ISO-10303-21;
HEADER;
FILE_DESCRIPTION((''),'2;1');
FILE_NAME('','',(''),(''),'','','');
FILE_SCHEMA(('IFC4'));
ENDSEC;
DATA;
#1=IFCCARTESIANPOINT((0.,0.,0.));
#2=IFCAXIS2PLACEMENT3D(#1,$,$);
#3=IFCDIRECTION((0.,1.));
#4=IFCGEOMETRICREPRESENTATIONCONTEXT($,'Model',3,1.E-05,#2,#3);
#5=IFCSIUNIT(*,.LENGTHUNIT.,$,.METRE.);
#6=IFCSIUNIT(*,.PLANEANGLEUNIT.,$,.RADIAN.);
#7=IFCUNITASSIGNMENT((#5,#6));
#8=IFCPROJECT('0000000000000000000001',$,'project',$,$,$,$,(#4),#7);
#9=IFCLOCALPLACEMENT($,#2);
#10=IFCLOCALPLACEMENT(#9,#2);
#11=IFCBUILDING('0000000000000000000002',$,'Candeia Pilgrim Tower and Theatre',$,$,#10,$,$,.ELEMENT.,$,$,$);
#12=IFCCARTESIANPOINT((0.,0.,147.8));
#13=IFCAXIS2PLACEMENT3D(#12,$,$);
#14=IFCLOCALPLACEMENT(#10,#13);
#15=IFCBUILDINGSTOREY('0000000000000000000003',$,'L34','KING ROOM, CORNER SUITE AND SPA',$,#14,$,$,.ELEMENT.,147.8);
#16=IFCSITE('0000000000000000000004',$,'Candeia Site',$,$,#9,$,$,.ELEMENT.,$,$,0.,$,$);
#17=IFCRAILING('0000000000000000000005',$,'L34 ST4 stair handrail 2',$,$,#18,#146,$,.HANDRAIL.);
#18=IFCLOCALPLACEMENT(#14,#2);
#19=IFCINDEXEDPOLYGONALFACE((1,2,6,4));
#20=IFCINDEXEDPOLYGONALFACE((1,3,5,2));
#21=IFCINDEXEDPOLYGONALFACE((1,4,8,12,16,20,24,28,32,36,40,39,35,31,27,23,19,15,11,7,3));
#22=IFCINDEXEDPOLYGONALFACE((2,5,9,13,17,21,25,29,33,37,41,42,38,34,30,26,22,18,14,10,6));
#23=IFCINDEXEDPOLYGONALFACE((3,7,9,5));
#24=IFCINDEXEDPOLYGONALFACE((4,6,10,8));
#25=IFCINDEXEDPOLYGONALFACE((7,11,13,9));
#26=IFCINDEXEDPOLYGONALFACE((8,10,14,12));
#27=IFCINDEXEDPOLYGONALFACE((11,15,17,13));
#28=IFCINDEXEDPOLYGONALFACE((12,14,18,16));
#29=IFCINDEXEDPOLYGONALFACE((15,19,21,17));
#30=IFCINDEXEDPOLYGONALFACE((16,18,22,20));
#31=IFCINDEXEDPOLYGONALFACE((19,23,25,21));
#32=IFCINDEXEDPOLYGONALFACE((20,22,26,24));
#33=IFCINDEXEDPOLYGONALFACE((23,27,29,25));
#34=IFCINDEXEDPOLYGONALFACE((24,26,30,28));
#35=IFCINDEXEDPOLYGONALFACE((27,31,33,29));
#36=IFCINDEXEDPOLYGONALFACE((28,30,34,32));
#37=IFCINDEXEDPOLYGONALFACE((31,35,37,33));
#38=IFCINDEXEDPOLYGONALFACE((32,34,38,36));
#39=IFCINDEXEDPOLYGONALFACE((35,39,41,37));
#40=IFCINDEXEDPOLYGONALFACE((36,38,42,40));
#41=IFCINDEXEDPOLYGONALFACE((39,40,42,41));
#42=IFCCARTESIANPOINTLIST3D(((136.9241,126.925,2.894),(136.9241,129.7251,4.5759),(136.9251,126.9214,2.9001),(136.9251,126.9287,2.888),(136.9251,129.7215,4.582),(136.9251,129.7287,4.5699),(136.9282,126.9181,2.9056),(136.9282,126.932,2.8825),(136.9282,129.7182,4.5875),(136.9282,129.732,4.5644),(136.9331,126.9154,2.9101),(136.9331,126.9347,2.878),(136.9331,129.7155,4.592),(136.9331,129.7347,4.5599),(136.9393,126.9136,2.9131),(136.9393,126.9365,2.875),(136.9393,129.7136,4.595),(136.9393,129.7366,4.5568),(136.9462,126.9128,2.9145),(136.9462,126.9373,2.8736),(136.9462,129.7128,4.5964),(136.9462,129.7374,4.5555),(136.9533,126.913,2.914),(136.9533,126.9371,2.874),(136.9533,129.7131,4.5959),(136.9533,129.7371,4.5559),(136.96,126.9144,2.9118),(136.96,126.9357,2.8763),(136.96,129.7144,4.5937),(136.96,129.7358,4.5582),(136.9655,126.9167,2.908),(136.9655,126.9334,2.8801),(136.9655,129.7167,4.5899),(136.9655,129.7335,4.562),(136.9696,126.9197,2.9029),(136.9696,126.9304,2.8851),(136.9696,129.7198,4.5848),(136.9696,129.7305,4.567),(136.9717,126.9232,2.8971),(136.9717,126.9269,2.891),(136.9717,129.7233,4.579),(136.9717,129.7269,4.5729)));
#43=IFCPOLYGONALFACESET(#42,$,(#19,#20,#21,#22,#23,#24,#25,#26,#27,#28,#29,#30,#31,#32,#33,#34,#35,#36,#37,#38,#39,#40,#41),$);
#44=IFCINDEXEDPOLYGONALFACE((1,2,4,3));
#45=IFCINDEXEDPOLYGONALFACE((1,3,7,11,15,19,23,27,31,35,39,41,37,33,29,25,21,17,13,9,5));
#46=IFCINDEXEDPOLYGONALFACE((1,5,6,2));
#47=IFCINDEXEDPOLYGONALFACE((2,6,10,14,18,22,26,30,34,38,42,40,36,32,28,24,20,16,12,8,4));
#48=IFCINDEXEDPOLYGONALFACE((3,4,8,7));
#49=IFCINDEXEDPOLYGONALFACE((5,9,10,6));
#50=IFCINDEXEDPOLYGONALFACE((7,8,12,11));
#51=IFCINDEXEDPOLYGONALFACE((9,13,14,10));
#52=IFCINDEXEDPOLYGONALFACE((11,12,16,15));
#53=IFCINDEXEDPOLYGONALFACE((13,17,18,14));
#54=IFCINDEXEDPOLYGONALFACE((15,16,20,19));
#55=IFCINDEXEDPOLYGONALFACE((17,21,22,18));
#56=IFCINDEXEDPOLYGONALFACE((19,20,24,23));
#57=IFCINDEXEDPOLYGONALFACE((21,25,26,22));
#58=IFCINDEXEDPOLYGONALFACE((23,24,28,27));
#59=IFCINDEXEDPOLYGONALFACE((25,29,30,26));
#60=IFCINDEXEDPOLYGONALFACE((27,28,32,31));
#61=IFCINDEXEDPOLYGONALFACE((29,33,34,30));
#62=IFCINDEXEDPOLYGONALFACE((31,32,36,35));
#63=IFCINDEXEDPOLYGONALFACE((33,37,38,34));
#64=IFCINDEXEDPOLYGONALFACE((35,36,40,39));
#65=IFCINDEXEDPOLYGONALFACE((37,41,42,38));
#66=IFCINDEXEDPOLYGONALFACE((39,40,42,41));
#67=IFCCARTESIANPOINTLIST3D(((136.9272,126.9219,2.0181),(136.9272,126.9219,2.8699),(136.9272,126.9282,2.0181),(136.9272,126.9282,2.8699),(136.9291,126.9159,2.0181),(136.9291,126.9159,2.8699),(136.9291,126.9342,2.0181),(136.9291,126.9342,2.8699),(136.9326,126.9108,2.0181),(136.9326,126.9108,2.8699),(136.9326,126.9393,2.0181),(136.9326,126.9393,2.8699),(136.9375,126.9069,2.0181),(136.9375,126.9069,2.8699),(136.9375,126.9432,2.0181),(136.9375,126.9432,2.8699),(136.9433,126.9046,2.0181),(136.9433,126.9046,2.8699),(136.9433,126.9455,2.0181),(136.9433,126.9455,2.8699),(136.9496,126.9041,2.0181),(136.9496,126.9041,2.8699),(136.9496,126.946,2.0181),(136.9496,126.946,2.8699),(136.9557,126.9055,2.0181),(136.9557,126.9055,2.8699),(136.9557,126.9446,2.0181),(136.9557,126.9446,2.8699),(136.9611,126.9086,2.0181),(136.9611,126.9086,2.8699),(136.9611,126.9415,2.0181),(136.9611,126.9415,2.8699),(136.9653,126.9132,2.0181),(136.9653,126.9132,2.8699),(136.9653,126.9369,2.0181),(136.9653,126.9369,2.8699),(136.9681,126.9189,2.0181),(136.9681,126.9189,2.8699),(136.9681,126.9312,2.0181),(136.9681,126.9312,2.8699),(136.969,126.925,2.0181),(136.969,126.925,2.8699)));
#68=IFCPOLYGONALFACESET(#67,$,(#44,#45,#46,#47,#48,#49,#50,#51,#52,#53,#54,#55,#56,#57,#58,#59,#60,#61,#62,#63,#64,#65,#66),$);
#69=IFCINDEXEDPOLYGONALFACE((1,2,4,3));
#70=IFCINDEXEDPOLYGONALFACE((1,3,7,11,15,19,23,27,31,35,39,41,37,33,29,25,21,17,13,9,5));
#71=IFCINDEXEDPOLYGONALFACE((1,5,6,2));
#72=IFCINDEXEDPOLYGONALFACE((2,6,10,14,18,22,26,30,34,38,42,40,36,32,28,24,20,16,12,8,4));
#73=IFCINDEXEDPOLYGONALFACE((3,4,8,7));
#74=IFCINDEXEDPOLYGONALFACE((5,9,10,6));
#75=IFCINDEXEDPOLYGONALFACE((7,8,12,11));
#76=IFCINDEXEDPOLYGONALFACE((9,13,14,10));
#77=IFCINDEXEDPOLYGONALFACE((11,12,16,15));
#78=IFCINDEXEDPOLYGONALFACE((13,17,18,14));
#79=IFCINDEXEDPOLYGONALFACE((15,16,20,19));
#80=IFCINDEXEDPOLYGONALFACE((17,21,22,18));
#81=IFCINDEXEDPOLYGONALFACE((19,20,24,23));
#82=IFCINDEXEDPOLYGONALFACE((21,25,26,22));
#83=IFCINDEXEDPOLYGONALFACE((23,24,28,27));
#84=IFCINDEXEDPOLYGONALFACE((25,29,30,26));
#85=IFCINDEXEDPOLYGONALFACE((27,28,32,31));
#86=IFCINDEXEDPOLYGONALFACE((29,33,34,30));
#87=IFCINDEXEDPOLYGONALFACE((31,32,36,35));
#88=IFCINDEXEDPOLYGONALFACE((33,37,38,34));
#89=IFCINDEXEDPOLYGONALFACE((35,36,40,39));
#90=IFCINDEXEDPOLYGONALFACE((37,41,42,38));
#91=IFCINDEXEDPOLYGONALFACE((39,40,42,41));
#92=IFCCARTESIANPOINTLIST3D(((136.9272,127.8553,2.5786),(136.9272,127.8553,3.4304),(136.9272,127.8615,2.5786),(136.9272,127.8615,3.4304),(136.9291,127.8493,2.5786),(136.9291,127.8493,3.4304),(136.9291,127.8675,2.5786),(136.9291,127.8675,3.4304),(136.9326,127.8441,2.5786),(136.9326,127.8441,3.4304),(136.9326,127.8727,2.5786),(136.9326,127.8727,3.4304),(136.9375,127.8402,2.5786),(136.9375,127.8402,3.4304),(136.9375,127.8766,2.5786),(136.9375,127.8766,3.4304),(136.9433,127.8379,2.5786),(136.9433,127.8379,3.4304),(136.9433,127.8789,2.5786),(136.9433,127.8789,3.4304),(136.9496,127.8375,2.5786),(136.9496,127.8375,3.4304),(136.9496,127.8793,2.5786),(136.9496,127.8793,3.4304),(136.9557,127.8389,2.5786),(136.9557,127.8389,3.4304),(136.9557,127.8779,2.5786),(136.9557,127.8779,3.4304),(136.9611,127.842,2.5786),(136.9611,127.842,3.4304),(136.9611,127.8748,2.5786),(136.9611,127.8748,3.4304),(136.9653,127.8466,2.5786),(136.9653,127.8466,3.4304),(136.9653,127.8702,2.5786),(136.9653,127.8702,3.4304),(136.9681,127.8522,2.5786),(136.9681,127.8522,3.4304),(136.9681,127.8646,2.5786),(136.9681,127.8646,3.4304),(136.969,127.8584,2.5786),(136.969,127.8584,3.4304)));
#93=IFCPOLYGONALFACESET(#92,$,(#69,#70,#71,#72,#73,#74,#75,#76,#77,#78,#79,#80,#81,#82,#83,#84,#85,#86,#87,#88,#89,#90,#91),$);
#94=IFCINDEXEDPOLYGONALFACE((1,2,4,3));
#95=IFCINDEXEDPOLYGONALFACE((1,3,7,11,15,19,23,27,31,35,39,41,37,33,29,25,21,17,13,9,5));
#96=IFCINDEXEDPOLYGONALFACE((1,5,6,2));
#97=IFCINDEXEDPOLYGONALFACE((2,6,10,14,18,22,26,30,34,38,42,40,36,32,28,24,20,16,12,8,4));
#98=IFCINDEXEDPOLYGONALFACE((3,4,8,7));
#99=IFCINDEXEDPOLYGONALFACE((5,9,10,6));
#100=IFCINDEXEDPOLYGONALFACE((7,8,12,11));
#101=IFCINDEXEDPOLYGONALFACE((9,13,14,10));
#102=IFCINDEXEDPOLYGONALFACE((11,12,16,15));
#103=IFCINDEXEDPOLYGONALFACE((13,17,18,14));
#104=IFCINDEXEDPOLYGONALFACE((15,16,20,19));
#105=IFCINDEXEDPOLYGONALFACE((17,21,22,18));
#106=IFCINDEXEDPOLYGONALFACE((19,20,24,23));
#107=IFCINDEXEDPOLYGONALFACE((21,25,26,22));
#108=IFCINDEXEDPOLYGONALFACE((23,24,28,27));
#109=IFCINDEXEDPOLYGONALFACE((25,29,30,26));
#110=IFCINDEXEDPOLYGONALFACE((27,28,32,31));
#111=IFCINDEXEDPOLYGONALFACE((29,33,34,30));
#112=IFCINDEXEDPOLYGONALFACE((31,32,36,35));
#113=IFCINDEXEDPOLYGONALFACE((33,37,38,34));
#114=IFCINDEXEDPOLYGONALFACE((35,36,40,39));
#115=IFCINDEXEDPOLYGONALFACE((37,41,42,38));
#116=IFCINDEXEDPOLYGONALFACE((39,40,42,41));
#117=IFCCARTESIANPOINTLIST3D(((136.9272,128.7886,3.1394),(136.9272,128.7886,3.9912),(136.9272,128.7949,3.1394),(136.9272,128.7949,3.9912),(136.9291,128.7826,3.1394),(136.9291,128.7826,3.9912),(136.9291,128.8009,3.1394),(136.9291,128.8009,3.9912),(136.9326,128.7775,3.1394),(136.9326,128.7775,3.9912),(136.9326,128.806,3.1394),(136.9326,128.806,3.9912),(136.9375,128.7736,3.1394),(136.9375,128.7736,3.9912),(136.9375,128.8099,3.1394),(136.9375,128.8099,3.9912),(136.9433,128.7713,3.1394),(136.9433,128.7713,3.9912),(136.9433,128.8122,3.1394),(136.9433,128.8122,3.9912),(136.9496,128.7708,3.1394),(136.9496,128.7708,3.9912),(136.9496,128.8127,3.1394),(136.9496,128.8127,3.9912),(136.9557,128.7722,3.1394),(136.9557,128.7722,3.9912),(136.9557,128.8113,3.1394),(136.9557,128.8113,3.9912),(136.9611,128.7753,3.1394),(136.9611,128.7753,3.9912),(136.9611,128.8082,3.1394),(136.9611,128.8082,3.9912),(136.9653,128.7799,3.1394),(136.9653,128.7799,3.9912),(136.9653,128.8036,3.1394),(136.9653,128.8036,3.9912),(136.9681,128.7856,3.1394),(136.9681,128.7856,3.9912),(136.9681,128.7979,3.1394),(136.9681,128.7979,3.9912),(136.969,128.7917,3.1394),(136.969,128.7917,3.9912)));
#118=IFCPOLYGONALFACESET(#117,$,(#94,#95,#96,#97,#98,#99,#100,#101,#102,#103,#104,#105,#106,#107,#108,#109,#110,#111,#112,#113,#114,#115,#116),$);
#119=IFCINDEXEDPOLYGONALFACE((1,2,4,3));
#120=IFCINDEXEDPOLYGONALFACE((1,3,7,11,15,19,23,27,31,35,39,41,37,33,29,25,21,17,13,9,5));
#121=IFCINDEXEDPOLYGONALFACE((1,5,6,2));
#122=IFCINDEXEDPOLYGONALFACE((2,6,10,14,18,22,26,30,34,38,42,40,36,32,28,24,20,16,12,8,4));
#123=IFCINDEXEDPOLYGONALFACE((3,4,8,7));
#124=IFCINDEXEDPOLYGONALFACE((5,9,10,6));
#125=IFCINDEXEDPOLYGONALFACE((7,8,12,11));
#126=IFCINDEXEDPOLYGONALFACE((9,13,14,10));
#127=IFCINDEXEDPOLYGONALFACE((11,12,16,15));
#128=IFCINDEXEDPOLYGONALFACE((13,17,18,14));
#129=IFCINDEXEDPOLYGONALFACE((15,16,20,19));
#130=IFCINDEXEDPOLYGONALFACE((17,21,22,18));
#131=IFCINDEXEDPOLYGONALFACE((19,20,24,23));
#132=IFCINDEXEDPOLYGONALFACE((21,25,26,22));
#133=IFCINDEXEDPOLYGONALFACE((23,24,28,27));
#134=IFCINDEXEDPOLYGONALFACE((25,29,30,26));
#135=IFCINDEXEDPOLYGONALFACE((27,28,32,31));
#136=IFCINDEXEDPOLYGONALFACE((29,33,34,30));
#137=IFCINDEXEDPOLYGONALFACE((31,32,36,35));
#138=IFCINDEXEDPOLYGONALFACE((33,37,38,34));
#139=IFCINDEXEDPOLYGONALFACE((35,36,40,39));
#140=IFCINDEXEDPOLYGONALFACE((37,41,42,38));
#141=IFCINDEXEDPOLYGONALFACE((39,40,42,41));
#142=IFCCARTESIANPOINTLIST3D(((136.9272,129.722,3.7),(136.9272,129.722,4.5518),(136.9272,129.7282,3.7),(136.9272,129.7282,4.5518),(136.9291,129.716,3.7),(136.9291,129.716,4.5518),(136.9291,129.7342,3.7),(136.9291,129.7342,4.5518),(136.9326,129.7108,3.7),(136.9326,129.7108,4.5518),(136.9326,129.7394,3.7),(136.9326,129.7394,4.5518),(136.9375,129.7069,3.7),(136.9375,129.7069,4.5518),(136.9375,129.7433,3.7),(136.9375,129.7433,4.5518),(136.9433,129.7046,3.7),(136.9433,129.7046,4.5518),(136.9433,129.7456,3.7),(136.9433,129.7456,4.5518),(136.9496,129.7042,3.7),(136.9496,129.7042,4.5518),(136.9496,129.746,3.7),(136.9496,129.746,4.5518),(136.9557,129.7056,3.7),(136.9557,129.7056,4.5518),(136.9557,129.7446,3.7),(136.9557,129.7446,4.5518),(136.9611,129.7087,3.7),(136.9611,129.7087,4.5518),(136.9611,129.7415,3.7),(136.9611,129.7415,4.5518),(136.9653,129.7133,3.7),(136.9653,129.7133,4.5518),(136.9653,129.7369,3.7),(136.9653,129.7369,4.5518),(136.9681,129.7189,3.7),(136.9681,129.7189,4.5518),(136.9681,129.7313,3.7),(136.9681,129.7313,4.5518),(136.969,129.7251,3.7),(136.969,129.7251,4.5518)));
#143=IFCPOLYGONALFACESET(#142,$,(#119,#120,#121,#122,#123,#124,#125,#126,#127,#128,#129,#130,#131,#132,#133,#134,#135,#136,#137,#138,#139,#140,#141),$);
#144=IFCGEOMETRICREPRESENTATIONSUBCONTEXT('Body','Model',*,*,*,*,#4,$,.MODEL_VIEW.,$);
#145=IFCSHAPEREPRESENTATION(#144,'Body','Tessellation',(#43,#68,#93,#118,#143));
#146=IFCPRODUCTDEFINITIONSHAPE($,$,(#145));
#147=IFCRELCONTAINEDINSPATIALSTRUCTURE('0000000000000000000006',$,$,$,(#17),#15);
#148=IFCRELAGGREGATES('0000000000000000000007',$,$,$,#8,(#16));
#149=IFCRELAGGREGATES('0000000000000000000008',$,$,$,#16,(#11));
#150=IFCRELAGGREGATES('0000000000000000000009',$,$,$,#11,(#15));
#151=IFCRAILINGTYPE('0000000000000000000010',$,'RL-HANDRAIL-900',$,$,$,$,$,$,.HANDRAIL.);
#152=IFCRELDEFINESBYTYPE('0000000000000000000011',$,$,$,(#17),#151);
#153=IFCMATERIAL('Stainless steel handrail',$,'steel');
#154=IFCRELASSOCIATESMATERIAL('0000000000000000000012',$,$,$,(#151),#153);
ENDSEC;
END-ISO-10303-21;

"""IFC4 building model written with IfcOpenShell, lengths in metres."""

from ifc_helpers import new_model, si_unit, direction, frame, origin, origin_2d, place, context, subcontext, project, spatial, circle, extrude, material, type_object, element, save


model = new_model("IFC4")

# Units and contexts
model_context = context("Model", 3, precision=1e-05, world=origin(), true_north=direction((0.0, 1.0)))
body_context = subcontext(model_context, "Body", "Model", "MODEL_VIEW")
ifc_project = project(units=[si_unit("LENGTHUNIT", "METRE"), si_unit("PLANEANGLEUNIT", "RADIAN")], contexts=[model_context])

# Site, building, storey
site_placement = place(None, origin())
site = spatial("IfcSite", under=ifc_project, at=site_placement, Name="Candeia Site", CompositionType="ELEMENT", RefElevation=0.0)
building_placement = place(site_placement, origin())
building = spatial("IfcBuilding", under=site, at=building_placement, Name="Candeia Pilgrim Tower and Theatre", CompositionType="ELEMENT")
storey_placement = place(building_placement, frame((0.0, 0.0, 147.8)))
storey = spatial("IfcBuildingStorey", under=building, at=storey_placement, Name="L34", Description="KING ROOM, CORNER SUITE AND SPA", CompositionType="ELEMENT", Elevation=147.8)

# Railing
ifc_material_1 = material(Name="Stainless steel handrail", Category="steel")
railing_type_1 = type_object("IfcRailingType", Name="RL-HANDRAIL-900", PredefinedType="HANDRAIL", material=ifc_material_1)
railing_1_placement = place(storey_placement, frame((136.948, 126.925, 2.0181)))
element("IfcRailing", 1, at=railing_1_placement, inside=storey, type_object=railing_type_1, Name="L34 ST4 stair handrail 2", PredefinedType="HANDRAIL", context=body_context, shape_type="SweptSolid", body=[
    extrude(circle(Radius=0.0239, at=origin_2d()), frame((0.0, 0.0, 0.876), z_axis=(0.0, 0.857242, 0.514913), x_axis=(-1.0, 0.0, 0.0)), (0.0, 0.0, 1.0), 3.2664),
    extrude(circle(Radius=0.021, at=origin_2d()), origin(), (0.0, 0.0, 1.0), 0.8518),
    extrude(circle(Radius=0.021, at=origin_2d()), frame((0.0, 0.9333, 0.5605)), (0.0, 0.0, 1.0), 0.8518),
    extrude(circle(Radius=0.021, at=origin_2d()), frame((0.0, 1.8667, 1.1213)), (0.0, 0.0, 1.0), 0.8518),
    extrude(circle(Radius=0.021, at=origin_2d()), frame((0.0, 2.8, 1.6819)), (0.0, 0.0, 1.0), 0.8518),
])

save(model, "model.ifc")
